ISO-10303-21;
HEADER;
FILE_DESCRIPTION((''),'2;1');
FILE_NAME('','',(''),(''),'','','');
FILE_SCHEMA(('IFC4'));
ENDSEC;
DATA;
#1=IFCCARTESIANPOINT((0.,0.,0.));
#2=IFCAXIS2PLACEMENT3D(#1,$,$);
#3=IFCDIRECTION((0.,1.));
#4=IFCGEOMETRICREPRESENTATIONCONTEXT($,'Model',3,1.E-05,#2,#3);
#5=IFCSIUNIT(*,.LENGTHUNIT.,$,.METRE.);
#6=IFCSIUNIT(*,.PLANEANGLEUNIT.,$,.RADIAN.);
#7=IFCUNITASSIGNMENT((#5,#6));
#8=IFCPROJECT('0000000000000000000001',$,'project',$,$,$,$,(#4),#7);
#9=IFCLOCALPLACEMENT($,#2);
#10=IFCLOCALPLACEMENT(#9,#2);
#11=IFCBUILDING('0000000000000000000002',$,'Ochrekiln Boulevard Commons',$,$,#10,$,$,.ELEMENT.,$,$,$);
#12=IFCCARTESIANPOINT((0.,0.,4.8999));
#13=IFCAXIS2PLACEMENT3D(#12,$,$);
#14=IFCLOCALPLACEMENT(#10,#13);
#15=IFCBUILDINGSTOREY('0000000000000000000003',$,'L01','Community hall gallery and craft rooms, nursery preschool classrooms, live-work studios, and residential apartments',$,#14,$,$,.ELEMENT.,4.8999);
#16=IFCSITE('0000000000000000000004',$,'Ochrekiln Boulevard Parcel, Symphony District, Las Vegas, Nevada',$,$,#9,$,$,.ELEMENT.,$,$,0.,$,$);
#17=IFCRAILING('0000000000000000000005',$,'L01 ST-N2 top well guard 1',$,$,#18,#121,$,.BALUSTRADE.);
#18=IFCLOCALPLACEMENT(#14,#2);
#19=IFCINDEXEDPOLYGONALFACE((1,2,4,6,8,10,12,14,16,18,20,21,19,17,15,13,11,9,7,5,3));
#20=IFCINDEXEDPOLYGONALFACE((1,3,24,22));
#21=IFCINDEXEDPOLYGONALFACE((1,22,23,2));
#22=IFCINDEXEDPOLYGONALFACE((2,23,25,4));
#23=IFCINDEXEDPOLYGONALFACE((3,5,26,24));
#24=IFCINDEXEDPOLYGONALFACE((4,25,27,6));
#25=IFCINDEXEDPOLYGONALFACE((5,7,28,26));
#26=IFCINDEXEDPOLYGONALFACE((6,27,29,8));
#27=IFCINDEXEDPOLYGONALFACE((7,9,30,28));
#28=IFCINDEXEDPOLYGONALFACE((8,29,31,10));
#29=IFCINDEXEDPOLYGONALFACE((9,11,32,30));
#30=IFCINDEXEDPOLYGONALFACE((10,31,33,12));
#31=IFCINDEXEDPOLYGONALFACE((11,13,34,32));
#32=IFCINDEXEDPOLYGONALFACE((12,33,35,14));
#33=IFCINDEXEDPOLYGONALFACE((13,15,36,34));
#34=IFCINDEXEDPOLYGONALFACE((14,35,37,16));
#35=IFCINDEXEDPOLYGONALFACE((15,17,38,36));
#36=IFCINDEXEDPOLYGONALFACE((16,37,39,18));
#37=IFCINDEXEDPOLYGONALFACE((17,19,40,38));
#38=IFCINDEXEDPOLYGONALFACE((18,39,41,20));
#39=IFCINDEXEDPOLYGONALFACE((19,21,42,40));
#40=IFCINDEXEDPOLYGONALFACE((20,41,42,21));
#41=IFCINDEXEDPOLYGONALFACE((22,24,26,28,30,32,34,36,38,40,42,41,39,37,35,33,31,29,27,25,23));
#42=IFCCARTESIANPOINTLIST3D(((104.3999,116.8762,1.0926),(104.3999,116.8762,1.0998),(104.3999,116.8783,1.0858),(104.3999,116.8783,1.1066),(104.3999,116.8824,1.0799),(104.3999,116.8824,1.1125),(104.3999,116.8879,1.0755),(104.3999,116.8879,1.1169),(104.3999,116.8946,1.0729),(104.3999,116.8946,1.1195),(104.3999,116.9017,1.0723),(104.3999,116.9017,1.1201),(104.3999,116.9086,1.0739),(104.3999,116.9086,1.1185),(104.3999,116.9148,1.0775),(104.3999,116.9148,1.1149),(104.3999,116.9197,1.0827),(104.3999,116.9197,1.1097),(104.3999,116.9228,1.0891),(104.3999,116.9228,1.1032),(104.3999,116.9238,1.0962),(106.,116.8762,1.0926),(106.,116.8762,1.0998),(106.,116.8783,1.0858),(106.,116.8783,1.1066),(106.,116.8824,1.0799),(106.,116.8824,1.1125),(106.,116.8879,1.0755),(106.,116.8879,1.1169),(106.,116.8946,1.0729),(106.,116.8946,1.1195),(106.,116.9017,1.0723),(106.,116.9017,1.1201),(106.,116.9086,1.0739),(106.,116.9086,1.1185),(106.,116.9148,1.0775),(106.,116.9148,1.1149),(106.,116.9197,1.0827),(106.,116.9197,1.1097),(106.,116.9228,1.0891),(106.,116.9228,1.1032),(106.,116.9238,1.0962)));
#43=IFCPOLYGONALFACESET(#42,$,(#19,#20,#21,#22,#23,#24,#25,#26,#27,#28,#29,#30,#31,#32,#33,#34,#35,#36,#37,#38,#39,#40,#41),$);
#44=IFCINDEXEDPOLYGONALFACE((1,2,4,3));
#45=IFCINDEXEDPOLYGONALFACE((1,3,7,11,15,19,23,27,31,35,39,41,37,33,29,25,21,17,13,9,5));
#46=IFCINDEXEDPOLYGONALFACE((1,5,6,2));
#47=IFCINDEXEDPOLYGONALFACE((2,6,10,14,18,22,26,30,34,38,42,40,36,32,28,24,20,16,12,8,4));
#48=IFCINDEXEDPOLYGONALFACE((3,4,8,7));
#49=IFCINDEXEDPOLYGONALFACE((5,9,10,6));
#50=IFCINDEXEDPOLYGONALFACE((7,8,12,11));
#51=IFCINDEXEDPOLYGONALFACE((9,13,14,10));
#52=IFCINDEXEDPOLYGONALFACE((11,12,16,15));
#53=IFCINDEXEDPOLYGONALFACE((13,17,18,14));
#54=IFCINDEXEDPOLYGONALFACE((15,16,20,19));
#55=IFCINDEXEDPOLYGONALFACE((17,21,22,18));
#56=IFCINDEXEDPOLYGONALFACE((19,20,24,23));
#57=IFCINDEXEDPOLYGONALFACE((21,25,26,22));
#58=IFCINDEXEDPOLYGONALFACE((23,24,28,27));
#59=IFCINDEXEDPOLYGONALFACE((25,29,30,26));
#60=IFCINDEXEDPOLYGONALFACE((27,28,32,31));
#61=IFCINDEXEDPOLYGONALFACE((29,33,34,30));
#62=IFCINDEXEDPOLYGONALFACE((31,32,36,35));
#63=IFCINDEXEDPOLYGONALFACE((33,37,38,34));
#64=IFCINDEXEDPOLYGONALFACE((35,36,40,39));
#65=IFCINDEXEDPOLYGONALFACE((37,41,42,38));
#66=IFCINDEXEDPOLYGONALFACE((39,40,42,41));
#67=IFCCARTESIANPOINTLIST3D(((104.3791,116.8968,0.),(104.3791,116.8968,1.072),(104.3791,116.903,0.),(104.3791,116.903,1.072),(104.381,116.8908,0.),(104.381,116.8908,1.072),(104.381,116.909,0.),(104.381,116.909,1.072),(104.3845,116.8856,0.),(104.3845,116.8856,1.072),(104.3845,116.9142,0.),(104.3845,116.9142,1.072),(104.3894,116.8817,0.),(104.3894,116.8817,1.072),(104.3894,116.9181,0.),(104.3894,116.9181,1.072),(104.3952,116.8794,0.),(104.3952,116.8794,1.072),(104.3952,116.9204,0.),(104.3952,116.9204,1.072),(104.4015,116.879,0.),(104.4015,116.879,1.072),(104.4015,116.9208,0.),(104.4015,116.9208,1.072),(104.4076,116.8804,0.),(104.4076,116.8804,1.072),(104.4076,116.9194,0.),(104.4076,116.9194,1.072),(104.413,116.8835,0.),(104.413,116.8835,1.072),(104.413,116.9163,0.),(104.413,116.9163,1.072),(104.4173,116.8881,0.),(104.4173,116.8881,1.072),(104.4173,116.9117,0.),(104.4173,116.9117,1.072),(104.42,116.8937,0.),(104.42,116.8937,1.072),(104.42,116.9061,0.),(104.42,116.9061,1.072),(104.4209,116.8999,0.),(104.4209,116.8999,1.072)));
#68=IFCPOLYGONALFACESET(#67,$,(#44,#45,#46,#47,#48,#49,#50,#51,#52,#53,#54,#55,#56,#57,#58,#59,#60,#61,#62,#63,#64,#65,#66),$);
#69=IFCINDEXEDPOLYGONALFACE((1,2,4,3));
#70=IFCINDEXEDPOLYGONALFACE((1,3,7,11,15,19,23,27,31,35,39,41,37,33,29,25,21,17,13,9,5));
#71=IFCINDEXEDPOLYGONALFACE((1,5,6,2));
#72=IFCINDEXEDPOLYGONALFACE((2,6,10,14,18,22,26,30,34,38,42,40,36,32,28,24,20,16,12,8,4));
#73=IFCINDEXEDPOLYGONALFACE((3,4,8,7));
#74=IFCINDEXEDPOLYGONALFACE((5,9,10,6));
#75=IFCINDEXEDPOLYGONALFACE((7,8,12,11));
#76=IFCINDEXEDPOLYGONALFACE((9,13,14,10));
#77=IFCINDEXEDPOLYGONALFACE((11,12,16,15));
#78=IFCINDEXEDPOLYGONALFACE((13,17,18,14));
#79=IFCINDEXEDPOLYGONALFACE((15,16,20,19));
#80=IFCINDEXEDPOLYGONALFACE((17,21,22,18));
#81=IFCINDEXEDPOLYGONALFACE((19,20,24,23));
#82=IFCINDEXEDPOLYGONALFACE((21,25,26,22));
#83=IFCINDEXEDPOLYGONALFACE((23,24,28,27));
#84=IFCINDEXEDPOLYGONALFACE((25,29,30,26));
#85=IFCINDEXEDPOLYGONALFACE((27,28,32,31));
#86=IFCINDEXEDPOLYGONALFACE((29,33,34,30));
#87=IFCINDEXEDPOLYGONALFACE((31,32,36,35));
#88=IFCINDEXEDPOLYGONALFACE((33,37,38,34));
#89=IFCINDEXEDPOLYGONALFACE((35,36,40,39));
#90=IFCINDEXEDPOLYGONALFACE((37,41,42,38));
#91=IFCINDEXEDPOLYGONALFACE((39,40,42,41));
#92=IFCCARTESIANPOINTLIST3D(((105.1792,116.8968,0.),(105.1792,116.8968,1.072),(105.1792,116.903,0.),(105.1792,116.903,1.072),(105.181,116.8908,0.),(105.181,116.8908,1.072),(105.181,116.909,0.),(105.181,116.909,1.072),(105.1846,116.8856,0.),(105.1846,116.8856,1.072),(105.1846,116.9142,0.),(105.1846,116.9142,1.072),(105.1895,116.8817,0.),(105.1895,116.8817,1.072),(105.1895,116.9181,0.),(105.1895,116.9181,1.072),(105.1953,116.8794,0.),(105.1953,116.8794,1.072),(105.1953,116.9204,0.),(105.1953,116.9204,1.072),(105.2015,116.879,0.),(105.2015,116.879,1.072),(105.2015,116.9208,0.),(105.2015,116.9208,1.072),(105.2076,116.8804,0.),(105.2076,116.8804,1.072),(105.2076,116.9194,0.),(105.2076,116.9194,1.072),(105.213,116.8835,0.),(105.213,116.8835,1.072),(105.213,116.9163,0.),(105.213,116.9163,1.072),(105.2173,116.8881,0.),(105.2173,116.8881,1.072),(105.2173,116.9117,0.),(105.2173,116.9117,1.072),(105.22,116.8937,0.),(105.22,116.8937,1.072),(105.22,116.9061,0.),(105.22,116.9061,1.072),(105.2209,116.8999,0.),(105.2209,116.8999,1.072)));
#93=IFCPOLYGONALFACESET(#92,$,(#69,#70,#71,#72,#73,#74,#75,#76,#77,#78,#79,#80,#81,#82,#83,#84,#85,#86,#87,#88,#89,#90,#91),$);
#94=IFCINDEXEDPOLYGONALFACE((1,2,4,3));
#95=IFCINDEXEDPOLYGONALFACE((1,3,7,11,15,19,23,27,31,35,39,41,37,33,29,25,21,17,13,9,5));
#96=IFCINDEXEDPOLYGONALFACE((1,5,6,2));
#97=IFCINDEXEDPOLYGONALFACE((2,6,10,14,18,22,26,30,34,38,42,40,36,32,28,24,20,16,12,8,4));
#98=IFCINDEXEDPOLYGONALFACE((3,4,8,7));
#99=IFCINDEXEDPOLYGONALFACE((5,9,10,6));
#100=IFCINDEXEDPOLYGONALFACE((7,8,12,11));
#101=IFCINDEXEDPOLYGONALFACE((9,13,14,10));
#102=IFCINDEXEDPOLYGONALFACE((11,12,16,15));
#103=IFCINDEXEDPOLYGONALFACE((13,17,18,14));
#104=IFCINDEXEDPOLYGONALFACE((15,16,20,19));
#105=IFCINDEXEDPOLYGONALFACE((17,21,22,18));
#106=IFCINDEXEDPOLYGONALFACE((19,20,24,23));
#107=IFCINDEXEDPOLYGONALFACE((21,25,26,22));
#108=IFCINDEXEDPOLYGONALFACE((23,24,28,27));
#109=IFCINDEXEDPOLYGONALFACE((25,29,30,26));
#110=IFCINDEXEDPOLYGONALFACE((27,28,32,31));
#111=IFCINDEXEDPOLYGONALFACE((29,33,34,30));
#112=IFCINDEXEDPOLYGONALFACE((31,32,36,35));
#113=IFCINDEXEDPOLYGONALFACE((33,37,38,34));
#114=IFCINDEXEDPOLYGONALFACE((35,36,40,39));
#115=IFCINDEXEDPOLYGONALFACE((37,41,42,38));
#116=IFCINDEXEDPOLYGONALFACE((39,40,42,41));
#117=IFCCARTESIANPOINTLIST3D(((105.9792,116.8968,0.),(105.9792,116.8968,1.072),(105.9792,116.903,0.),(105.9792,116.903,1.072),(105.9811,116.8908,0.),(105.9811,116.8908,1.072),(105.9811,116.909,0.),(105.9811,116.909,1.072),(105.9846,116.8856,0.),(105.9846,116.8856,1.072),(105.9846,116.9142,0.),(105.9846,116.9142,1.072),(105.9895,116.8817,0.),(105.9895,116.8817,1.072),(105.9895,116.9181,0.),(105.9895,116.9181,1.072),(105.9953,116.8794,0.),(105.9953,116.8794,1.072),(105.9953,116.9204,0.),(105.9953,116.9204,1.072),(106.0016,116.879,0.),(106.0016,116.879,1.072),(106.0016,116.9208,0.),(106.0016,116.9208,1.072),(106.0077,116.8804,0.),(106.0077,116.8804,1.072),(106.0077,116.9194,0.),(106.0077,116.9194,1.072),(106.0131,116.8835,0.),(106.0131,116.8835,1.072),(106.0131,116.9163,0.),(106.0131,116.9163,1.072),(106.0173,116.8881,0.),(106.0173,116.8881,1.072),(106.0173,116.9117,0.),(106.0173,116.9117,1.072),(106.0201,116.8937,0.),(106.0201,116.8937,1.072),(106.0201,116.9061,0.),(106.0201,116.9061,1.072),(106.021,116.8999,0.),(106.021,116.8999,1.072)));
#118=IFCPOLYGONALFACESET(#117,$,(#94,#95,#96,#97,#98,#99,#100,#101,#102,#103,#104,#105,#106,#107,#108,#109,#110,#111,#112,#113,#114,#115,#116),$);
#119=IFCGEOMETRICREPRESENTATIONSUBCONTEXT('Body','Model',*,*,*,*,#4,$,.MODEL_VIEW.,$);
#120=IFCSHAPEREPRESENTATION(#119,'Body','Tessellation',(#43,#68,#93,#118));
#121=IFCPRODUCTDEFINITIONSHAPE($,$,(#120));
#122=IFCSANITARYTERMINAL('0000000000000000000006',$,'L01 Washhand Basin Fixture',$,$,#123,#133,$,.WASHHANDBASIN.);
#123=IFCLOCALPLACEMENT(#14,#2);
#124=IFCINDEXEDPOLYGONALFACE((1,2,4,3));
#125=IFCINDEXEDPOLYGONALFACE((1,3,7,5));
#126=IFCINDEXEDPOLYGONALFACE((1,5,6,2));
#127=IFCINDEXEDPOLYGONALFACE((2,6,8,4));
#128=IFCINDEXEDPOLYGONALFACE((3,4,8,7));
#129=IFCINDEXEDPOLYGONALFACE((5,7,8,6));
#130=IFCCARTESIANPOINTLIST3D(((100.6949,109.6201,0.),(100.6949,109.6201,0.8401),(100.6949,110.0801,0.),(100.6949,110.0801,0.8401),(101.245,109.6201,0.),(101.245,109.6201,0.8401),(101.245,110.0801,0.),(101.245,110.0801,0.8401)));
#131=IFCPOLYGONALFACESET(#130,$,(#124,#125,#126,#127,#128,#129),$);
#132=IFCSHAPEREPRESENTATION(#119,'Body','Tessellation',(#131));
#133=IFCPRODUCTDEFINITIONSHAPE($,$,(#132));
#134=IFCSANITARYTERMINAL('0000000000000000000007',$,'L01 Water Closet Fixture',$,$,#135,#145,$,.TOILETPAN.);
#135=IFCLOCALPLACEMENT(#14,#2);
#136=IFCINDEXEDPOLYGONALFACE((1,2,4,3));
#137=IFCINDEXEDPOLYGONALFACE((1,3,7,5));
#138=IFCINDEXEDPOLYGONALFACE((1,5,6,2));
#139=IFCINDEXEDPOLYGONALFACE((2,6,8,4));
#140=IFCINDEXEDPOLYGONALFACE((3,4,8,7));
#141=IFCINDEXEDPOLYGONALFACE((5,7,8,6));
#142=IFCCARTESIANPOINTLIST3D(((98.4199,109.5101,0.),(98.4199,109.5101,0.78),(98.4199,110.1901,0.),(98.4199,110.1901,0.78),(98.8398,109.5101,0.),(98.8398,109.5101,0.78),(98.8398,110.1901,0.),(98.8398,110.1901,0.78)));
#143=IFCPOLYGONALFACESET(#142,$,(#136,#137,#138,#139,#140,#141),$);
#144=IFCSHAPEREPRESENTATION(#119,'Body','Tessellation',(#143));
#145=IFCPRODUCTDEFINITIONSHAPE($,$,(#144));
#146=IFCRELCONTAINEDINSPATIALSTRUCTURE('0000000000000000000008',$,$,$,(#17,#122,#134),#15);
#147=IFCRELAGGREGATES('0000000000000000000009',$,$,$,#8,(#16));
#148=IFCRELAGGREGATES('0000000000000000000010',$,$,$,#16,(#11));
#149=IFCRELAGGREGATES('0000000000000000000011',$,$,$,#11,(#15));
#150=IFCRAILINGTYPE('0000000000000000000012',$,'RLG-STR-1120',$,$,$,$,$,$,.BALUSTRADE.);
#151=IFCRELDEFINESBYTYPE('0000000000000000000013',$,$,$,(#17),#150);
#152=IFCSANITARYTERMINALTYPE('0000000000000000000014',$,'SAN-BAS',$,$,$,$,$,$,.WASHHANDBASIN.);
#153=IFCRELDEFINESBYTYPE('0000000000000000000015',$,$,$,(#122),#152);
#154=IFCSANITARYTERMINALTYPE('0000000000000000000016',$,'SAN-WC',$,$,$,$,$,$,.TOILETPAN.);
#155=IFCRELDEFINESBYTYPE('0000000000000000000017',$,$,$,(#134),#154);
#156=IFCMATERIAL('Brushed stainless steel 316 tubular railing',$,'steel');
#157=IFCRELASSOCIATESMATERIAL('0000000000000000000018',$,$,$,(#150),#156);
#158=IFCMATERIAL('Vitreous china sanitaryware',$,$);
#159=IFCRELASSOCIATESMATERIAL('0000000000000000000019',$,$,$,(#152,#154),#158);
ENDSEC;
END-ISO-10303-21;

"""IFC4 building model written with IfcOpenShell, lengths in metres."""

from ifc_helpers import new_model, si_unit, direction, frame, origin, origin_2d, place, context, subcontext, project, spatial, rectangle, circle, extrude, material, type_object, element, save


model = new_model("IFC4")

# Units and contexts
model_context = context("Model", 3, precision=1e-05, world=origin(), true_north=direction((0.0, 1.0)))
body_context = subcontext(model_context, "Body", "Model", "MODEL_VIEW")
ifc_project = project(units=[si_unit("LENGTHUNIT", "METRE"), si_unit("PLANEANGLEUNIT", "RADIAN")], contexts=[model_context])

# Site, building, storey
site_placement = place(None, origin())
site = spatial("IfcSite", under=ifc_project, at=site_placement, Name="Ochrekiln Boulevard Parcel, Symphony District, Las Vegas, Nevada", CompositionType="ELEMENT", RefElevation=0.0)
building_placement = place(site_placement, origin())
building = spatial("IfcBuilding", under=site, at=building_placement, Name="Ochrekiln Boulevard Commons", CompositionType="ELEMENT")
storey_placement = place(building_placement, frame((0.0, 0.0, 4.8999)))
storey = spatial("IfcBuildingStorey", under=building, at=storey_placement, Name="L01", Description="Community hall gallery and craft rooms, nursery preschool classrooms, live-work studios, and residential apartments", CompositionType="ELEMENT", Elevation=4.8999)

# Railing
ifc_material_1 = material(Name="Brushed stainless steel 316 tubular railing", Category="steel")
railing_type = type_object("IfcRailingType", Name="RLG-STR-1120", PredefinedType="BALUSTRADE", material=ifc_material_1)
railing_placement = place(storey_placement, frame((104.3999, 116.8999, 0.0)))
element("IfcRailing", 1, at=railing_placement, inside=storey, type_object=railing_type, Name="L01 ST-N2 top well guard 1", PredefinedType="BALUSTRADE", context=body_context, shape_type="SweptSolid", body=[
    extrude(circle(Radius=0.0239, at=origin_2d()), frame((0.0, 0.0, 1.0962), z_axis=(1.0, 0.0, 0.0), x_axis=(0.0, 1.0, 0.0)), (0.0, 0.0, 1.0), 1.6001),
    extrude(circle(Radius=0.021, at=origin_2d()), origin(), (0.0, 0.0, 1.0), 1.072),
    extrude(circle(Radius=0.021, at=origin_2d()), frame((0.8, 0.0, 0.0)), (0.0, 0.0, 1.0), 1.072),
    extrude(circle(Radius=0.021, at=origin_2d()), frame((1.6001, 0.0, 0.0)), (0.0, 0.0, 1.0), 1.072),
])

# Sanitary terminals
ifc_material_2 = material(Name="Vitreous china sanitaryware")
sanitary_terminal_type_1 = type_object("IfcSanitaryTerminalType", Name="SAN-BAS", PredefinedType="WASHHANDBASIN", material=ifc_material_2)
sanitary_terminal_1_placement = place(storey_placement, frame((100.97, 109.8501, 0.0), z_axis=(0.0, 0.0, 1.0), x_axis=(1.0, 0.0, 0.0)))
element("IfcSanitaryTerminal", 2, at=sanitary_terminal_1_placement, inside=storey, type_object=sanitary_terminal_type_1, Name="L01 Washhand Basin Fixture", PredefinedType="WASHHANDBASIN", context=body_context, shape_type="SweptSolid", body=[
    extrude(rectangle(XDim=0.55, YDim=0.46, at=origin_2d()), origin(), (0.0, 0.0, 1.0), 0.8401),
])
sanitary_terminal_type_2 = type_object("IfcSanitaryTerminalType", Name="SAN-WC", PredefinedType="TOILETPAN", material=ifc_material_2)
sanitary_terminal_2_placement = place(storey_placement, frame((98.6299, 109.8501, 0.0), z_axis=(0.0, 0.0, 1.0), x_axis=(1.0, 0.0, 0.0)))
element("IfcSanitaryTerminal", 3, at=sanitary_terminal_2_placement, inside=storey, type_object=sanitary_terminal_type_2, Name="L01 Water Closet Fixture", PredefinedType="TOILETPAN", context=body_context, shape_type="SweptSolid", body=[
    extrude(rectangle(XDim=0.4199, YDim=0.6799, at=origin_2d()), origin(), (0.0, 0.0, 1.0), 0.78),
])

save(model, "model.ifc")
